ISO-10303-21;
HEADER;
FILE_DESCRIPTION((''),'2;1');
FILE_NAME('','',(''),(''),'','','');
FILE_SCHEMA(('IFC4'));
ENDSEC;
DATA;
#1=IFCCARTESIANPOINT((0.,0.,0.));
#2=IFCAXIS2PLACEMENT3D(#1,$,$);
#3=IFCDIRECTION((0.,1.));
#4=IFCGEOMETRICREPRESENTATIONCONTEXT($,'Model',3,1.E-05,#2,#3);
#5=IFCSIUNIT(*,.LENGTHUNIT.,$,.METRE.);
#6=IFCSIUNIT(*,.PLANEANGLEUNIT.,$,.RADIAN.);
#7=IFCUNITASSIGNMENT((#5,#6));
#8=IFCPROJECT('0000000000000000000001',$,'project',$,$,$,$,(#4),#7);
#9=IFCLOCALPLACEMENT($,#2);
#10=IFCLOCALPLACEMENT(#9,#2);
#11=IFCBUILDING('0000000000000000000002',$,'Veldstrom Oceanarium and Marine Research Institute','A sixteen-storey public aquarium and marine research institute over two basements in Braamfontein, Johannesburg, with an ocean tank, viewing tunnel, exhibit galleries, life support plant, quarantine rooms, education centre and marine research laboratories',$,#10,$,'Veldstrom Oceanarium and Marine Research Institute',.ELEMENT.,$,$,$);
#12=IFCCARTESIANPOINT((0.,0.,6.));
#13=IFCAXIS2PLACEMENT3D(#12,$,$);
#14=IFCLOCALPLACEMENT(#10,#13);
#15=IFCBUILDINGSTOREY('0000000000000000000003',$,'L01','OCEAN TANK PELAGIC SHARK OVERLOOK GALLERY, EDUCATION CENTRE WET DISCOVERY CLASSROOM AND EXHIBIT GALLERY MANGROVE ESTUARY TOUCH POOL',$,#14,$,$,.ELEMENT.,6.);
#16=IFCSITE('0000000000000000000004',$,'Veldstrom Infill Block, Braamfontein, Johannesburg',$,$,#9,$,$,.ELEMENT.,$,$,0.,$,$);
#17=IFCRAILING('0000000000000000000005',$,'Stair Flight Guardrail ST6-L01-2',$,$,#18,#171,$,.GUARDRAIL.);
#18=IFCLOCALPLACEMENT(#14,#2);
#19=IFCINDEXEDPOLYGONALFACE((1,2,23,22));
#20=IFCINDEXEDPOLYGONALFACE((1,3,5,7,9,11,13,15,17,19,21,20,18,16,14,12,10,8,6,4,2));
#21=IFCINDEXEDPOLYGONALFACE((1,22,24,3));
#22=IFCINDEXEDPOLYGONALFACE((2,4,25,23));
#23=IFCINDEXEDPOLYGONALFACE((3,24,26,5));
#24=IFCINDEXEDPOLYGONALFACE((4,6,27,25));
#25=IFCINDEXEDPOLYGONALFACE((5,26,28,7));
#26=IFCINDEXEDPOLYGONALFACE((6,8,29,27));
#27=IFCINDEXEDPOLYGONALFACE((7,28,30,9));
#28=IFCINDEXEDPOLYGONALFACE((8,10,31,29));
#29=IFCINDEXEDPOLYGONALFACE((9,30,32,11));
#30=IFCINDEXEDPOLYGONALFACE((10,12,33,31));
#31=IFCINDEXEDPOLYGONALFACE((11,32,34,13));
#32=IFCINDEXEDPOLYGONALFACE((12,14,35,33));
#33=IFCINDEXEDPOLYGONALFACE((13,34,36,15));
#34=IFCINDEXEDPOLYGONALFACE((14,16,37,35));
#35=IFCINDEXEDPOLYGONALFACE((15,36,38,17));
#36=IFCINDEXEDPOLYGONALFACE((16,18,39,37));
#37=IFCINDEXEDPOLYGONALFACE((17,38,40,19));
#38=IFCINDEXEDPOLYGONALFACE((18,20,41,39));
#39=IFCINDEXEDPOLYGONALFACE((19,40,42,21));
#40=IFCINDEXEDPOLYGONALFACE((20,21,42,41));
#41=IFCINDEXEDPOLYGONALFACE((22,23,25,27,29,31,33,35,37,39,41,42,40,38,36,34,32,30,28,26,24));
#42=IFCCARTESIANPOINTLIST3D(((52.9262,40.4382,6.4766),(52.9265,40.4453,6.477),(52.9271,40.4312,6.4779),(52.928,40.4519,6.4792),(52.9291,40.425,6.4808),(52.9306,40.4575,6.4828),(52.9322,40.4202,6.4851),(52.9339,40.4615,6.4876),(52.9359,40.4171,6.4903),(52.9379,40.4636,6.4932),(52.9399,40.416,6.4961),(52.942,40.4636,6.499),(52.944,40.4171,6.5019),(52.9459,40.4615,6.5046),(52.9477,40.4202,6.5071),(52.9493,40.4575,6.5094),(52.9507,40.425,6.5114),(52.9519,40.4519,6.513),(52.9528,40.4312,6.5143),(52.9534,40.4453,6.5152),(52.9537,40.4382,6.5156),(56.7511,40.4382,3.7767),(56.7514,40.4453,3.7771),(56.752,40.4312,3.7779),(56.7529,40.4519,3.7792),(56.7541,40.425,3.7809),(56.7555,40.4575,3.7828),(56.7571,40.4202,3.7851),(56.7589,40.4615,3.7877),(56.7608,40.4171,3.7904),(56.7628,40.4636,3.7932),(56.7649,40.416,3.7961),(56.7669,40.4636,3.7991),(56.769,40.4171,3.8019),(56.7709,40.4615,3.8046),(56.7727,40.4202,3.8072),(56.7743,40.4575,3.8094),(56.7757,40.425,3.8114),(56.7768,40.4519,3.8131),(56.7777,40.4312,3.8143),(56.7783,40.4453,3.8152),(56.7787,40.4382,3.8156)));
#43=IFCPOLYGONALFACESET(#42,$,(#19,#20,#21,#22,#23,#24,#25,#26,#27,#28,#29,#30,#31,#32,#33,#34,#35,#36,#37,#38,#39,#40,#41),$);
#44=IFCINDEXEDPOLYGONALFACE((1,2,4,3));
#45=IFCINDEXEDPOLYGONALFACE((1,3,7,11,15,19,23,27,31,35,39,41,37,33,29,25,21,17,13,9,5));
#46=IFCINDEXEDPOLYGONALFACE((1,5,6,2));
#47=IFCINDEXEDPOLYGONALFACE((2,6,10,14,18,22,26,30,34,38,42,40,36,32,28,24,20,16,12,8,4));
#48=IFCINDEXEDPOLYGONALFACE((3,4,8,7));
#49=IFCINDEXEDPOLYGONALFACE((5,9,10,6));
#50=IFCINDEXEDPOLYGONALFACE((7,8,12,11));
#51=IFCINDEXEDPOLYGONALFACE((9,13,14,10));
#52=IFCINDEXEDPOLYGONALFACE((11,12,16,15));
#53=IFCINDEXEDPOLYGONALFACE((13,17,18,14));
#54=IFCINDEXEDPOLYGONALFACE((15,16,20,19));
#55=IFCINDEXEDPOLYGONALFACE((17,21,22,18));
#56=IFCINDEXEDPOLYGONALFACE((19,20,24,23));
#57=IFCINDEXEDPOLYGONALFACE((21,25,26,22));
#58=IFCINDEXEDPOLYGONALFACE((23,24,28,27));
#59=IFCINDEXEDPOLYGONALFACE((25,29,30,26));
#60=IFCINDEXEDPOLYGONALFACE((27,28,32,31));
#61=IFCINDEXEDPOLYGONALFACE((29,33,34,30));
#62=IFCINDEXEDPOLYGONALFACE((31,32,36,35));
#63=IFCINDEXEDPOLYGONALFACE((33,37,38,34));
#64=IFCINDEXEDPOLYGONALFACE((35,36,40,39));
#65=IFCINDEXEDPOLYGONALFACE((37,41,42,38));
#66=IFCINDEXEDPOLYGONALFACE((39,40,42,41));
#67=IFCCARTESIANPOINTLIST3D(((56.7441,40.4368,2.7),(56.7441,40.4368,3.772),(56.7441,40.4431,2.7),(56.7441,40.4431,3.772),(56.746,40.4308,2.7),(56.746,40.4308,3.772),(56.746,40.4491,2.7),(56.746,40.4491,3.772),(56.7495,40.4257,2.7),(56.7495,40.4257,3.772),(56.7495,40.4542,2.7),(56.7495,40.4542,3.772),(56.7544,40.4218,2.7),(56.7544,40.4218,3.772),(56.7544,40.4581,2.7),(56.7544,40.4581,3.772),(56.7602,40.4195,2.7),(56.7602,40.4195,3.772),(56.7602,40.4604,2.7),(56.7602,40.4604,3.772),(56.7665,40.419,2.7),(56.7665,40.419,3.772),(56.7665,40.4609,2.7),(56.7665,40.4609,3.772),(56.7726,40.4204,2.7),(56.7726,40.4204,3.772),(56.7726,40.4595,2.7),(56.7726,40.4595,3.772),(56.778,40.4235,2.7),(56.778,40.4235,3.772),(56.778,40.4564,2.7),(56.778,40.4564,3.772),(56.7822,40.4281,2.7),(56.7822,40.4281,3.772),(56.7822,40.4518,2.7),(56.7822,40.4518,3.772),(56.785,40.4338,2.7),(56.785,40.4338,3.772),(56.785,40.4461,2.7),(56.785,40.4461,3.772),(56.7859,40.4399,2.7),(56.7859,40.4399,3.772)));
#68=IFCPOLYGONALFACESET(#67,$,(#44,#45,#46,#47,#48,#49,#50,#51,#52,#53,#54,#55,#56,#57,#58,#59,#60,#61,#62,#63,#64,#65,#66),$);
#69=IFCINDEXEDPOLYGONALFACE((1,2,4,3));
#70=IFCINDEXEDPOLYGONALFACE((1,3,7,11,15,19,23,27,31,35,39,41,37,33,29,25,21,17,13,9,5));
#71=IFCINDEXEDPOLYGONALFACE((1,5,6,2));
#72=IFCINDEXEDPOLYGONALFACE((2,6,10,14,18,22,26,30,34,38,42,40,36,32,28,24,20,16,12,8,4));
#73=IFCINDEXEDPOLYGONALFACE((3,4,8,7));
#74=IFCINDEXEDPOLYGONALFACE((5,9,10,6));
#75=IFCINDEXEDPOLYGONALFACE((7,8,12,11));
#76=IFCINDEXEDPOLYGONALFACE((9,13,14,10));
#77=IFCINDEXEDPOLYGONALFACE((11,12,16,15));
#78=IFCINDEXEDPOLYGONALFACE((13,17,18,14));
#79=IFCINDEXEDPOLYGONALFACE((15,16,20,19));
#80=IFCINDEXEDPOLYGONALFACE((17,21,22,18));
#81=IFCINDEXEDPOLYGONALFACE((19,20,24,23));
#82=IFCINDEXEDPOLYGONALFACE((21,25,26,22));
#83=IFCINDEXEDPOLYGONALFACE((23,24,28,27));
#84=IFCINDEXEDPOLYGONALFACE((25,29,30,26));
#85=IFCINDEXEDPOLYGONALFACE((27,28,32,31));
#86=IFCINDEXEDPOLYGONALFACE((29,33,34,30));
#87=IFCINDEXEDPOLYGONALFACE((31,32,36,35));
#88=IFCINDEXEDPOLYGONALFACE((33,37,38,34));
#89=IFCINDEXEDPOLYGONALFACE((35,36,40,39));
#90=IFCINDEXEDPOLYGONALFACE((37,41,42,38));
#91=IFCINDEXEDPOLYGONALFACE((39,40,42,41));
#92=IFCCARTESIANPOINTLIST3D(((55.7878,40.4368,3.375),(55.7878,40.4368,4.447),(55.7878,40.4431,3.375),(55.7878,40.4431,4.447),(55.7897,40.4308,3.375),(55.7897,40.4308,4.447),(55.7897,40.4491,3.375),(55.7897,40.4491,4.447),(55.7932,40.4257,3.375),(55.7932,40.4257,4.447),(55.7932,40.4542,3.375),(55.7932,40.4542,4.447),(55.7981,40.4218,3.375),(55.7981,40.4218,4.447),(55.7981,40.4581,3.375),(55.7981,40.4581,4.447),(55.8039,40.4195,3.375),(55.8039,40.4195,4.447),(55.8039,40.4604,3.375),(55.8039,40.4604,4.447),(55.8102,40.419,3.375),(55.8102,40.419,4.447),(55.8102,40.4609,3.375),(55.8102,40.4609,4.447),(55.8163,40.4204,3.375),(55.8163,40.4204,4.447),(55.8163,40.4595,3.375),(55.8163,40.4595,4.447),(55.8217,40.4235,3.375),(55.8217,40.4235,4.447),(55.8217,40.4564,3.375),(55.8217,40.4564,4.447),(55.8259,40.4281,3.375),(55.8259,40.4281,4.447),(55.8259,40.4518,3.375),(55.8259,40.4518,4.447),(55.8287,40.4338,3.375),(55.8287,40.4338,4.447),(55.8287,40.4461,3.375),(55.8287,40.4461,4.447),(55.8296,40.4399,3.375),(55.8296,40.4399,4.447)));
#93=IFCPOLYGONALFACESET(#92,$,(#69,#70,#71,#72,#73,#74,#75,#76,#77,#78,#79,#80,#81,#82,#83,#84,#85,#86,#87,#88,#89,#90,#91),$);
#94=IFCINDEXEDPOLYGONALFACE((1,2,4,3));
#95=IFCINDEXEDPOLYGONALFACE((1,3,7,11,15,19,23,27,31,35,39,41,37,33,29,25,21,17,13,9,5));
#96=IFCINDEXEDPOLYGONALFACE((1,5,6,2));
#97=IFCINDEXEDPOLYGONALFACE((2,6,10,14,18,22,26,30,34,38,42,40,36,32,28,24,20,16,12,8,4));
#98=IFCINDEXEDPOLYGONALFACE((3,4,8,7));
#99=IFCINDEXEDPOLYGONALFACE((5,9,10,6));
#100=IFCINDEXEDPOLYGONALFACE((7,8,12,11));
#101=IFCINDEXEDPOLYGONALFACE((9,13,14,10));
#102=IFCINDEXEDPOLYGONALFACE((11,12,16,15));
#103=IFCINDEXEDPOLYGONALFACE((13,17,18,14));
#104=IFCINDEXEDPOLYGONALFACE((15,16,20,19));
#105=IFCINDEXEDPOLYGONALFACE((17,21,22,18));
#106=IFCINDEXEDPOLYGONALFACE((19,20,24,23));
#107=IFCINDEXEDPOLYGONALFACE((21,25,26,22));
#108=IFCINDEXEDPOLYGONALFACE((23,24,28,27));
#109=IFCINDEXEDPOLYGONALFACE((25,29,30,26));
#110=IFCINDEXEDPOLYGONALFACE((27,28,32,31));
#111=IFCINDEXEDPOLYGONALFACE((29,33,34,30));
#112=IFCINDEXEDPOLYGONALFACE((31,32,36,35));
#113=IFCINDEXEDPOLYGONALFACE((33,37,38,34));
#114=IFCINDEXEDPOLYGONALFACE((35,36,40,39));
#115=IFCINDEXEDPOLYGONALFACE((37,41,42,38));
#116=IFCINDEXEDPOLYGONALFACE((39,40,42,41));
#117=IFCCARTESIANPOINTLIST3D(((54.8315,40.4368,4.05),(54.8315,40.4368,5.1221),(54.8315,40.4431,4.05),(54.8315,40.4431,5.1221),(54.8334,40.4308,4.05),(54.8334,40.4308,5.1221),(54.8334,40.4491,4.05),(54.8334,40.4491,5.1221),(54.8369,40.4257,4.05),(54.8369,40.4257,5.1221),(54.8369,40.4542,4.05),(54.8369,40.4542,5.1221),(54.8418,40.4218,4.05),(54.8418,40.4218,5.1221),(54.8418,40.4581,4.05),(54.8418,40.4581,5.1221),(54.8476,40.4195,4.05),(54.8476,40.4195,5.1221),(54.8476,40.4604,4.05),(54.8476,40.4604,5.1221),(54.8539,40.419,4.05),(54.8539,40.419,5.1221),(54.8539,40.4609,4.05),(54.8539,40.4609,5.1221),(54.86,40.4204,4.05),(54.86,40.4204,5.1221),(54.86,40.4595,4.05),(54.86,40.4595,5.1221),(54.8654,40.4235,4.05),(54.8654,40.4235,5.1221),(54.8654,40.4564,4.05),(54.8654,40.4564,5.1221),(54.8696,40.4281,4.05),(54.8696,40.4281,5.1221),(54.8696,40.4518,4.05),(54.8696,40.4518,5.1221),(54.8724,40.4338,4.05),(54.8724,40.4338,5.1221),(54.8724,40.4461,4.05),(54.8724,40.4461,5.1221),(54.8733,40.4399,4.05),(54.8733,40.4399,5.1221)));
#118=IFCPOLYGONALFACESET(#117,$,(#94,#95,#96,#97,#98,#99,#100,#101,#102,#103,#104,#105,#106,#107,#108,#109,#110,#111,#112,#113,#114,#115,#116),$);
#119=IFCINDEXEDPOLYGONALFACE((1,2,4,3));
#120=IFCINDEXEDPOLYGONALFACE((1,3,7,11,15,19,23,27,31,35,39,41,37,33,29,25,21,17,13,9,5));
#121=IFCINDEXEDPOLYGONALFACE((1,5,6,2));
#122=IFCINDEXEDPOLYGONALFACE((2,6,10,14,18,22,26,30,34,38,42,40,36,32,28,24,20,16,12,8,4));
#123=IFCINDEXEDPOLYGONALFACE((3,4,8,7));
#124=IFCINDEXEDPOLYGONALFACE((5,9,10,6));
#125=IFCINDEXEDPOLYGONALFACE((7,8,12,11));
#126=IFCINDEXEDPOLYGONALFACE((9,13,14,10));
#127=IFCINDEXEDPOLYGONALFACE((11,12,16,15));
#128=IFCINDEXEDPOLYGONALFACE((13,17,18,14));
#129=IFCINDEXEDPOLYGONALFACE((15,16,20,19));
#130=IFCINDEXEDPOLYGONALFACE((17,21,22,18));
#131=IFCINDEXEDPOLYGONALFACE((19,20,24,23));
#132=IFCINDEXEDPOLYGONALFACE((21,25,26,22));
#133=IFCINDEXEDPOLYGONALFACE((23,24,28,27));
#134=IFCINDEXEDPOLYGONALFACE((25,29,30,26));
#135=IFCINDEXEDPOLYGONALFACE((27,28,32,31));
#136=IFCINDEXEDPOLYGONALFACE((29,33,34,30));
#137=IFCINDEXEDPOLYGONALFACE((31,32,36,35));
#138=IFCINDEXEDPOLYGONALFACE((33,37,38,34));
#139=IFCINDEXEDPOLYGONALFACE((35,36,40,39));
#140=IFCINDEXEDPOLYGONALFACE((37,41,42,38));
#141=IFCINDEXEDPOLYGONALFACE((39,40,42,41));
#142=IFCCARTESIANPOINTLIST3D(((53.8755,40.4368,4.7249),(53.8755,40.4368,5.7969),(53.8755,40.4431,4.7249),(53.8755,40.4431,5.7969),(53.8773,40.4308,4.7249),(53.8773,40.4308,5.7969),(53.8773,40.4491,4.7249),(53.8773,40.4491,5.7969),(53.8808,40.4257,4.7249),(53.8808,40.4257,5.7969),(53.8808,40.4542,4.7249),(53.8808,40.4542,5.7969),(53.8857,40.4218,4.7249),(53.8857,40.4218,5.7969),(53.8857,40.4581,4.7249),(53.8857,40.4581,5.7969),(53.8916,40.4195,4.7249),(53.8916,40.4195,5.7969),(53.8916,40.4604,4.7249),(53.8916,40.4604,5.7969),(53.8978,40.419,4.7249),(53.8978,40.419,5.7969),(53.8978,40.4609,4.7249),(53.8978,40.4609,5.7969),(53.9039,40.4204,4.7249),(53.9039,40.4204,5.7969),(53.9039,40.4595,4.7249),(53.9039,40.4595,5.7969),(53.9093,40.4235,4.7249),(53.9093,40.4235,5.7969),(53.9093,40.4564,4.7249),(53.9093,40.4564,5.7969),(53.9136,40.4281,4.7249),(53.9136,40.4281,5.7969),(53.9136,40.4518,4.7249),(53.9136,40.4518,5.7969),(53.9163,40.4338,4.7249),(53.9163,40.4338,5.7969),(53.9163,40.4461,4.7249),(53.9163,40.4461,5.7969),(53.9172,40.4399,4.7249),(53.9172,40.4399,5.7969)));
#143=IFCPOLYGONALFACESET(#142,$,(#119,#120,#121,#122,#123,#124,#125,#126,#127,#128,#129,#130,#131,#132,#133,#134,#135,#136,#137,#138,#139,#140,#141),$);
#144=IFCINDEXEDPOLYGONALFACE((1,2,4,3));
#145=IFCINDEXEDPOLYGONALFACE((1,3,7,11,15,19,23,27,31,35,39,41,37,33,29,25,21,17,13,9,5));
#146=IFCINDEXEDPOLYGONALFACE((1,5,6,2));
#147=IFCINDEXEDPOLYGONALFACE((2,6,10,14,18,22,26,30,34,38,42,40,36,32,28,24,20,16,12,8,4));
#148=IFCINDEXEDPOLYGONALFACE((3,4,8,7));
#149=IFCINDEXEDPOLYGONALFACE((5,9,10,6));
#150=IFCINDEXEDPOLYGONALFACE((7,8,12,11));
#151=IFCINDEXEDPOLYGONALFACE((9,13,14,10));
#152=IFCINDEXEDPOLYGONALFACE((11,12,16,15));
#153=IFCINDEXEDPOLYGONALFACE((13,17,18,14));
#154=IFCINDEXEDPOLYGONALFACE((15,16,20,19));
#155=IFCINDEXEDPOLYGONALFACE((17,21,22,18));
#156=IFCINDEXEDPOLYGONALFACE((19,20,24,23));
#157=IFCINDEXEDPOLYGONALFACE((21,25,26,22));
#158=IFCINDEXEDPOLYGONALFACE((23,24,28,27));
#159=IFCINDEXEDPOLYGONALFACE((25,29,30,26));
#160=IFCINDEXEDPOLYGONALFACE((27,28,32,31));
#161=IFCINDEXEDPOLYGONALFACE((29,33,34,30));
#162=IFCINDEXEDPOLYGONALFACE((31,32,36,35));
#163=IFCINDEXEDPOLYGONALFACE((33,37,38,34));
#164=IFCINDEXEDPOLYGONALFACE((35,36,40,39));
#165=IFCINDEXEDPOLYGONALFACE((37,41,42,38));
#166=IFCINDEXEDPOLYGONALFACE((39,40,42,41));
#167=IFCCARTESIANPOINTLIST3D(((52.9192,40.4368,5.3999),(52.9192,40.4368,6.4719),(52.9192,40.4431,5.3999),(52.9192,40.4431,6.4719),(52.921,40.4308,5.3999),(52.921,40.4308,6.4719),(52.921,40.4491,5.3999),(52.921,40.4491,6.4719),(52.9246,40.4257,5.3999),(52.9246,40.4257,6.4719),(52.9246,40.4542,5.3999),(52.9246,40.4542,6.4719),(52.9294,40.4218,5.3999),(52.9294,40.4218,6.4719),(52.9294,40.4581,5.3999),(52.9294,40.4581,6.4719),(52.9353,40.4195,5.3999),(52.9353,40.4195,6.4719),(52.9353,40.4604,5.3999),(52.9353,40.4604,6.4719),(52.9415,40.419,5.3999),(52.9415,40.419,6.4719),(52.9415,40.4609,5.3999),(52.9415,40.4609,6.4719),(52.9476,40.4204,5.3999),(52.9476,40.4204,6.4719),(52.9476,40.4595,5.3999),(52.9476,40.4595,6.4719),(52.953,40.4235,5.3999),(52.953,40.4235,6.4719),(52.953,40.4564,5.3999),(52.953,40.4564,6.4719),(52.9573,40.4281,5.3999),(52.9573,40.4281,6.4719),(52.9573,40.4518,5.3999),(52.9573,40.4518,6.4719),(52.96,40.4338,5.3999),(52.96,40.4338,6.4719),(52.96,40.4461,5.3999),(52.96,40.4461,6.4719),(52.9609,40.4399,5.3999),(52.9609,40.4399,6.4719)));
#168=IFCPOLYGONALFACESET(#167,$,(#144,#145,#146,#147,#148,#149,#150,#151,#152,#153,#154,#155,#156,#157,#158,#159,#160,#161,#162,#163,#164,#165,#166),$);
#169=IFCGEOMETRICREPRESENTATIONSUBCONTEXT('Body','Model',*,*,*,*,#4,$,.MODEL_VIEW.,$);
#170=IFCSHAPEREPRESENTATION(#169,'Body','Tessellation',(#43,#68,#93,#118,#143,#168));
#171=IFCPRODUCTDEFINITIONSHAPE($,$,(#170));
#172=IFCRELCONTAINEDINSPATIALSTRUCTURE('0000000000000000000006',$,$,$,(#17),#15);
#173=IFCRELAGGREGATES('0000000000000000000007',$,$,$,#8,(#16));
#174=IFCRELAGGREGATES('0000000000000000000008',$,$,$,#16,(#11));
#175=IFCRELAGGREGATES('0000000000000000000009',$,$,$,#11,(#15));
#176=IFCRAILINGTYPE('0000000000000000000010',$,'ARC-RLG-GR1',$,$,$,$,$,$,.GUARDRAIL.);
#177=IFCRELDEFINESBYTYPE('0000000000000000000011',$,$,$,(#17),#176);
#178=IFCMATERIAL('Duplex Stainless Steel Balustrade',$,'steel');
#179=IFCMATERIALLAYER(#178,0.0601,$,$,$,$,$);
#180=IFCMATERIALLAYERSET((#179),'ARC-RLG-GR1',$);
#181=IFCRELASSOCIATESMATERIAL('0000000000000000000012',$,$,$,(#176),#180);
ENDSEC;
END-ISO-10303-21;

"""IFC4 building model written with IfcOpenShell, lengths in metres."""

from ifc_helpers import new_model, si_unit, direction, frame, origin, origin_2d, place, context, subcontext, project, spatial, circle, extrude, material, layer, layer_set, type_object, element, save


model = new_model("IFC4")

# Units and contexts
model_context = context("Model", 3, precision=1e-05, world=origin(), true_north=direction((0.0, 1.0)))
body_context = subcontext(model_context, "Body", "Model", "MODEL_VIEW")
ifc_project = project(units=[si_unit("LENGTHUNIT", "METRE"), si_unit("PLANEANGLEUNIT", "RADIAN")], contexts=[model_context])

# Site, building, storey
site_placement = place(None, origin())
site = spatial("IfcSite", under=ifc_project, at=site_placement, Name="Veldstrom Infill Block, Braamfontein, Johannesburg", CompositionType="ELEMENT", RefElevation=0.0)
building_placement = place(site_placement, origin())
building = spatial("IfcBuilding", under=site, at=building_placement, Name="Veldstrom Oceanarium and Marine Research Institute", Description="A sixteen-storey public aquarium and marine research institute over two basements in Braamfontein, Johannesburg, with an ocean tank, viewing tunnel, exhibit galleries, life support plant, quarantine rooms, education centre and marine research laboratories", LongName="Veldstrom Oceanarium and Marine Research Institute", CompositionType="ELEMENT")
storey_placement = place(building_placement, frame((0.0, 0.0, 6.0)))
storey = spatial("IfcBuildingStorey", under=building, at=storey_placement, Name="L01", Description="OCEAN TANK PELAGIC SHARK OVERLOOK GALLERY, EDUCATION CENTRE WET DISCOVERY CLASSROOM AND EXHIBIT GALLERY MANGROVE ESTUARY TOUCH POOL", CompositionType="ELEMENT", Elevation=6.0)

# Railing
ifc_material_1 = material(Name="Duplex Stainless Steel Balustrade", Category="steel")
ifc_layer_1 = layer(ifc_material_1, 0.0601)
ifc_layer_set_1 = layer_set([ifc_layer_1], Name="ARC-RLG-GR1")
railing_type_1 = type_object("IfcRailingType", Name="ARC-RLG-GR1", PredefinedType="GUARDRAIL", material=ifc_layer_set_1)
railing_1_placement = place(storey_placement, frame((56.7649, 40.4399, 2.7)))
element("IfcRailing", 1, at=railing_1_placement, inside=storey, type_object=railing_type_1, Name="Stair Flight Guardrail ST6-L01-2", PredefinedType="GUARDRAIL", context=body_context, shape_type="SweptSolid", body=[
    extrude(circle(Radius=0.0239, at=origin_2d()), frame((0.0, 0.0, 1.0962), z_axis=(-0.816969, 0.0, 0.576681), x_axis=(0.0, -1.0, 0.0)), (0.0, 0.0, 1.0), 4.6819),
    extrude(circle(Radius=0.021, at=origin_2d()), origin(), (0.0, 0.0, 1.0), 1.072),
    extrude(circle(Radius=0.021, at=origin_2d()), frame((-0.9563, 0.0, 0.675)), (0.0, 0.0, 1.0), 1.072),
    extrude(circle(Radius=0.021, at=origin_2d()), frame((-1.9126, 0.0, 1.3501)), (0.0, 0.0, 1.0), 1.072),
    extrude(circle(Radius=0.021, at=origin_2d()), frame((-2.8687, 0.0, 2.0249)), (0.0, 0.0, 1.0), 1.072),
    extrude(circle(Radius=0.021, at=origin_2d()), frame((-3.825, 0.0, 2.7)), (0.0, 0.0, 1.0), 1.072),
])

save(model, "model.ifc")
